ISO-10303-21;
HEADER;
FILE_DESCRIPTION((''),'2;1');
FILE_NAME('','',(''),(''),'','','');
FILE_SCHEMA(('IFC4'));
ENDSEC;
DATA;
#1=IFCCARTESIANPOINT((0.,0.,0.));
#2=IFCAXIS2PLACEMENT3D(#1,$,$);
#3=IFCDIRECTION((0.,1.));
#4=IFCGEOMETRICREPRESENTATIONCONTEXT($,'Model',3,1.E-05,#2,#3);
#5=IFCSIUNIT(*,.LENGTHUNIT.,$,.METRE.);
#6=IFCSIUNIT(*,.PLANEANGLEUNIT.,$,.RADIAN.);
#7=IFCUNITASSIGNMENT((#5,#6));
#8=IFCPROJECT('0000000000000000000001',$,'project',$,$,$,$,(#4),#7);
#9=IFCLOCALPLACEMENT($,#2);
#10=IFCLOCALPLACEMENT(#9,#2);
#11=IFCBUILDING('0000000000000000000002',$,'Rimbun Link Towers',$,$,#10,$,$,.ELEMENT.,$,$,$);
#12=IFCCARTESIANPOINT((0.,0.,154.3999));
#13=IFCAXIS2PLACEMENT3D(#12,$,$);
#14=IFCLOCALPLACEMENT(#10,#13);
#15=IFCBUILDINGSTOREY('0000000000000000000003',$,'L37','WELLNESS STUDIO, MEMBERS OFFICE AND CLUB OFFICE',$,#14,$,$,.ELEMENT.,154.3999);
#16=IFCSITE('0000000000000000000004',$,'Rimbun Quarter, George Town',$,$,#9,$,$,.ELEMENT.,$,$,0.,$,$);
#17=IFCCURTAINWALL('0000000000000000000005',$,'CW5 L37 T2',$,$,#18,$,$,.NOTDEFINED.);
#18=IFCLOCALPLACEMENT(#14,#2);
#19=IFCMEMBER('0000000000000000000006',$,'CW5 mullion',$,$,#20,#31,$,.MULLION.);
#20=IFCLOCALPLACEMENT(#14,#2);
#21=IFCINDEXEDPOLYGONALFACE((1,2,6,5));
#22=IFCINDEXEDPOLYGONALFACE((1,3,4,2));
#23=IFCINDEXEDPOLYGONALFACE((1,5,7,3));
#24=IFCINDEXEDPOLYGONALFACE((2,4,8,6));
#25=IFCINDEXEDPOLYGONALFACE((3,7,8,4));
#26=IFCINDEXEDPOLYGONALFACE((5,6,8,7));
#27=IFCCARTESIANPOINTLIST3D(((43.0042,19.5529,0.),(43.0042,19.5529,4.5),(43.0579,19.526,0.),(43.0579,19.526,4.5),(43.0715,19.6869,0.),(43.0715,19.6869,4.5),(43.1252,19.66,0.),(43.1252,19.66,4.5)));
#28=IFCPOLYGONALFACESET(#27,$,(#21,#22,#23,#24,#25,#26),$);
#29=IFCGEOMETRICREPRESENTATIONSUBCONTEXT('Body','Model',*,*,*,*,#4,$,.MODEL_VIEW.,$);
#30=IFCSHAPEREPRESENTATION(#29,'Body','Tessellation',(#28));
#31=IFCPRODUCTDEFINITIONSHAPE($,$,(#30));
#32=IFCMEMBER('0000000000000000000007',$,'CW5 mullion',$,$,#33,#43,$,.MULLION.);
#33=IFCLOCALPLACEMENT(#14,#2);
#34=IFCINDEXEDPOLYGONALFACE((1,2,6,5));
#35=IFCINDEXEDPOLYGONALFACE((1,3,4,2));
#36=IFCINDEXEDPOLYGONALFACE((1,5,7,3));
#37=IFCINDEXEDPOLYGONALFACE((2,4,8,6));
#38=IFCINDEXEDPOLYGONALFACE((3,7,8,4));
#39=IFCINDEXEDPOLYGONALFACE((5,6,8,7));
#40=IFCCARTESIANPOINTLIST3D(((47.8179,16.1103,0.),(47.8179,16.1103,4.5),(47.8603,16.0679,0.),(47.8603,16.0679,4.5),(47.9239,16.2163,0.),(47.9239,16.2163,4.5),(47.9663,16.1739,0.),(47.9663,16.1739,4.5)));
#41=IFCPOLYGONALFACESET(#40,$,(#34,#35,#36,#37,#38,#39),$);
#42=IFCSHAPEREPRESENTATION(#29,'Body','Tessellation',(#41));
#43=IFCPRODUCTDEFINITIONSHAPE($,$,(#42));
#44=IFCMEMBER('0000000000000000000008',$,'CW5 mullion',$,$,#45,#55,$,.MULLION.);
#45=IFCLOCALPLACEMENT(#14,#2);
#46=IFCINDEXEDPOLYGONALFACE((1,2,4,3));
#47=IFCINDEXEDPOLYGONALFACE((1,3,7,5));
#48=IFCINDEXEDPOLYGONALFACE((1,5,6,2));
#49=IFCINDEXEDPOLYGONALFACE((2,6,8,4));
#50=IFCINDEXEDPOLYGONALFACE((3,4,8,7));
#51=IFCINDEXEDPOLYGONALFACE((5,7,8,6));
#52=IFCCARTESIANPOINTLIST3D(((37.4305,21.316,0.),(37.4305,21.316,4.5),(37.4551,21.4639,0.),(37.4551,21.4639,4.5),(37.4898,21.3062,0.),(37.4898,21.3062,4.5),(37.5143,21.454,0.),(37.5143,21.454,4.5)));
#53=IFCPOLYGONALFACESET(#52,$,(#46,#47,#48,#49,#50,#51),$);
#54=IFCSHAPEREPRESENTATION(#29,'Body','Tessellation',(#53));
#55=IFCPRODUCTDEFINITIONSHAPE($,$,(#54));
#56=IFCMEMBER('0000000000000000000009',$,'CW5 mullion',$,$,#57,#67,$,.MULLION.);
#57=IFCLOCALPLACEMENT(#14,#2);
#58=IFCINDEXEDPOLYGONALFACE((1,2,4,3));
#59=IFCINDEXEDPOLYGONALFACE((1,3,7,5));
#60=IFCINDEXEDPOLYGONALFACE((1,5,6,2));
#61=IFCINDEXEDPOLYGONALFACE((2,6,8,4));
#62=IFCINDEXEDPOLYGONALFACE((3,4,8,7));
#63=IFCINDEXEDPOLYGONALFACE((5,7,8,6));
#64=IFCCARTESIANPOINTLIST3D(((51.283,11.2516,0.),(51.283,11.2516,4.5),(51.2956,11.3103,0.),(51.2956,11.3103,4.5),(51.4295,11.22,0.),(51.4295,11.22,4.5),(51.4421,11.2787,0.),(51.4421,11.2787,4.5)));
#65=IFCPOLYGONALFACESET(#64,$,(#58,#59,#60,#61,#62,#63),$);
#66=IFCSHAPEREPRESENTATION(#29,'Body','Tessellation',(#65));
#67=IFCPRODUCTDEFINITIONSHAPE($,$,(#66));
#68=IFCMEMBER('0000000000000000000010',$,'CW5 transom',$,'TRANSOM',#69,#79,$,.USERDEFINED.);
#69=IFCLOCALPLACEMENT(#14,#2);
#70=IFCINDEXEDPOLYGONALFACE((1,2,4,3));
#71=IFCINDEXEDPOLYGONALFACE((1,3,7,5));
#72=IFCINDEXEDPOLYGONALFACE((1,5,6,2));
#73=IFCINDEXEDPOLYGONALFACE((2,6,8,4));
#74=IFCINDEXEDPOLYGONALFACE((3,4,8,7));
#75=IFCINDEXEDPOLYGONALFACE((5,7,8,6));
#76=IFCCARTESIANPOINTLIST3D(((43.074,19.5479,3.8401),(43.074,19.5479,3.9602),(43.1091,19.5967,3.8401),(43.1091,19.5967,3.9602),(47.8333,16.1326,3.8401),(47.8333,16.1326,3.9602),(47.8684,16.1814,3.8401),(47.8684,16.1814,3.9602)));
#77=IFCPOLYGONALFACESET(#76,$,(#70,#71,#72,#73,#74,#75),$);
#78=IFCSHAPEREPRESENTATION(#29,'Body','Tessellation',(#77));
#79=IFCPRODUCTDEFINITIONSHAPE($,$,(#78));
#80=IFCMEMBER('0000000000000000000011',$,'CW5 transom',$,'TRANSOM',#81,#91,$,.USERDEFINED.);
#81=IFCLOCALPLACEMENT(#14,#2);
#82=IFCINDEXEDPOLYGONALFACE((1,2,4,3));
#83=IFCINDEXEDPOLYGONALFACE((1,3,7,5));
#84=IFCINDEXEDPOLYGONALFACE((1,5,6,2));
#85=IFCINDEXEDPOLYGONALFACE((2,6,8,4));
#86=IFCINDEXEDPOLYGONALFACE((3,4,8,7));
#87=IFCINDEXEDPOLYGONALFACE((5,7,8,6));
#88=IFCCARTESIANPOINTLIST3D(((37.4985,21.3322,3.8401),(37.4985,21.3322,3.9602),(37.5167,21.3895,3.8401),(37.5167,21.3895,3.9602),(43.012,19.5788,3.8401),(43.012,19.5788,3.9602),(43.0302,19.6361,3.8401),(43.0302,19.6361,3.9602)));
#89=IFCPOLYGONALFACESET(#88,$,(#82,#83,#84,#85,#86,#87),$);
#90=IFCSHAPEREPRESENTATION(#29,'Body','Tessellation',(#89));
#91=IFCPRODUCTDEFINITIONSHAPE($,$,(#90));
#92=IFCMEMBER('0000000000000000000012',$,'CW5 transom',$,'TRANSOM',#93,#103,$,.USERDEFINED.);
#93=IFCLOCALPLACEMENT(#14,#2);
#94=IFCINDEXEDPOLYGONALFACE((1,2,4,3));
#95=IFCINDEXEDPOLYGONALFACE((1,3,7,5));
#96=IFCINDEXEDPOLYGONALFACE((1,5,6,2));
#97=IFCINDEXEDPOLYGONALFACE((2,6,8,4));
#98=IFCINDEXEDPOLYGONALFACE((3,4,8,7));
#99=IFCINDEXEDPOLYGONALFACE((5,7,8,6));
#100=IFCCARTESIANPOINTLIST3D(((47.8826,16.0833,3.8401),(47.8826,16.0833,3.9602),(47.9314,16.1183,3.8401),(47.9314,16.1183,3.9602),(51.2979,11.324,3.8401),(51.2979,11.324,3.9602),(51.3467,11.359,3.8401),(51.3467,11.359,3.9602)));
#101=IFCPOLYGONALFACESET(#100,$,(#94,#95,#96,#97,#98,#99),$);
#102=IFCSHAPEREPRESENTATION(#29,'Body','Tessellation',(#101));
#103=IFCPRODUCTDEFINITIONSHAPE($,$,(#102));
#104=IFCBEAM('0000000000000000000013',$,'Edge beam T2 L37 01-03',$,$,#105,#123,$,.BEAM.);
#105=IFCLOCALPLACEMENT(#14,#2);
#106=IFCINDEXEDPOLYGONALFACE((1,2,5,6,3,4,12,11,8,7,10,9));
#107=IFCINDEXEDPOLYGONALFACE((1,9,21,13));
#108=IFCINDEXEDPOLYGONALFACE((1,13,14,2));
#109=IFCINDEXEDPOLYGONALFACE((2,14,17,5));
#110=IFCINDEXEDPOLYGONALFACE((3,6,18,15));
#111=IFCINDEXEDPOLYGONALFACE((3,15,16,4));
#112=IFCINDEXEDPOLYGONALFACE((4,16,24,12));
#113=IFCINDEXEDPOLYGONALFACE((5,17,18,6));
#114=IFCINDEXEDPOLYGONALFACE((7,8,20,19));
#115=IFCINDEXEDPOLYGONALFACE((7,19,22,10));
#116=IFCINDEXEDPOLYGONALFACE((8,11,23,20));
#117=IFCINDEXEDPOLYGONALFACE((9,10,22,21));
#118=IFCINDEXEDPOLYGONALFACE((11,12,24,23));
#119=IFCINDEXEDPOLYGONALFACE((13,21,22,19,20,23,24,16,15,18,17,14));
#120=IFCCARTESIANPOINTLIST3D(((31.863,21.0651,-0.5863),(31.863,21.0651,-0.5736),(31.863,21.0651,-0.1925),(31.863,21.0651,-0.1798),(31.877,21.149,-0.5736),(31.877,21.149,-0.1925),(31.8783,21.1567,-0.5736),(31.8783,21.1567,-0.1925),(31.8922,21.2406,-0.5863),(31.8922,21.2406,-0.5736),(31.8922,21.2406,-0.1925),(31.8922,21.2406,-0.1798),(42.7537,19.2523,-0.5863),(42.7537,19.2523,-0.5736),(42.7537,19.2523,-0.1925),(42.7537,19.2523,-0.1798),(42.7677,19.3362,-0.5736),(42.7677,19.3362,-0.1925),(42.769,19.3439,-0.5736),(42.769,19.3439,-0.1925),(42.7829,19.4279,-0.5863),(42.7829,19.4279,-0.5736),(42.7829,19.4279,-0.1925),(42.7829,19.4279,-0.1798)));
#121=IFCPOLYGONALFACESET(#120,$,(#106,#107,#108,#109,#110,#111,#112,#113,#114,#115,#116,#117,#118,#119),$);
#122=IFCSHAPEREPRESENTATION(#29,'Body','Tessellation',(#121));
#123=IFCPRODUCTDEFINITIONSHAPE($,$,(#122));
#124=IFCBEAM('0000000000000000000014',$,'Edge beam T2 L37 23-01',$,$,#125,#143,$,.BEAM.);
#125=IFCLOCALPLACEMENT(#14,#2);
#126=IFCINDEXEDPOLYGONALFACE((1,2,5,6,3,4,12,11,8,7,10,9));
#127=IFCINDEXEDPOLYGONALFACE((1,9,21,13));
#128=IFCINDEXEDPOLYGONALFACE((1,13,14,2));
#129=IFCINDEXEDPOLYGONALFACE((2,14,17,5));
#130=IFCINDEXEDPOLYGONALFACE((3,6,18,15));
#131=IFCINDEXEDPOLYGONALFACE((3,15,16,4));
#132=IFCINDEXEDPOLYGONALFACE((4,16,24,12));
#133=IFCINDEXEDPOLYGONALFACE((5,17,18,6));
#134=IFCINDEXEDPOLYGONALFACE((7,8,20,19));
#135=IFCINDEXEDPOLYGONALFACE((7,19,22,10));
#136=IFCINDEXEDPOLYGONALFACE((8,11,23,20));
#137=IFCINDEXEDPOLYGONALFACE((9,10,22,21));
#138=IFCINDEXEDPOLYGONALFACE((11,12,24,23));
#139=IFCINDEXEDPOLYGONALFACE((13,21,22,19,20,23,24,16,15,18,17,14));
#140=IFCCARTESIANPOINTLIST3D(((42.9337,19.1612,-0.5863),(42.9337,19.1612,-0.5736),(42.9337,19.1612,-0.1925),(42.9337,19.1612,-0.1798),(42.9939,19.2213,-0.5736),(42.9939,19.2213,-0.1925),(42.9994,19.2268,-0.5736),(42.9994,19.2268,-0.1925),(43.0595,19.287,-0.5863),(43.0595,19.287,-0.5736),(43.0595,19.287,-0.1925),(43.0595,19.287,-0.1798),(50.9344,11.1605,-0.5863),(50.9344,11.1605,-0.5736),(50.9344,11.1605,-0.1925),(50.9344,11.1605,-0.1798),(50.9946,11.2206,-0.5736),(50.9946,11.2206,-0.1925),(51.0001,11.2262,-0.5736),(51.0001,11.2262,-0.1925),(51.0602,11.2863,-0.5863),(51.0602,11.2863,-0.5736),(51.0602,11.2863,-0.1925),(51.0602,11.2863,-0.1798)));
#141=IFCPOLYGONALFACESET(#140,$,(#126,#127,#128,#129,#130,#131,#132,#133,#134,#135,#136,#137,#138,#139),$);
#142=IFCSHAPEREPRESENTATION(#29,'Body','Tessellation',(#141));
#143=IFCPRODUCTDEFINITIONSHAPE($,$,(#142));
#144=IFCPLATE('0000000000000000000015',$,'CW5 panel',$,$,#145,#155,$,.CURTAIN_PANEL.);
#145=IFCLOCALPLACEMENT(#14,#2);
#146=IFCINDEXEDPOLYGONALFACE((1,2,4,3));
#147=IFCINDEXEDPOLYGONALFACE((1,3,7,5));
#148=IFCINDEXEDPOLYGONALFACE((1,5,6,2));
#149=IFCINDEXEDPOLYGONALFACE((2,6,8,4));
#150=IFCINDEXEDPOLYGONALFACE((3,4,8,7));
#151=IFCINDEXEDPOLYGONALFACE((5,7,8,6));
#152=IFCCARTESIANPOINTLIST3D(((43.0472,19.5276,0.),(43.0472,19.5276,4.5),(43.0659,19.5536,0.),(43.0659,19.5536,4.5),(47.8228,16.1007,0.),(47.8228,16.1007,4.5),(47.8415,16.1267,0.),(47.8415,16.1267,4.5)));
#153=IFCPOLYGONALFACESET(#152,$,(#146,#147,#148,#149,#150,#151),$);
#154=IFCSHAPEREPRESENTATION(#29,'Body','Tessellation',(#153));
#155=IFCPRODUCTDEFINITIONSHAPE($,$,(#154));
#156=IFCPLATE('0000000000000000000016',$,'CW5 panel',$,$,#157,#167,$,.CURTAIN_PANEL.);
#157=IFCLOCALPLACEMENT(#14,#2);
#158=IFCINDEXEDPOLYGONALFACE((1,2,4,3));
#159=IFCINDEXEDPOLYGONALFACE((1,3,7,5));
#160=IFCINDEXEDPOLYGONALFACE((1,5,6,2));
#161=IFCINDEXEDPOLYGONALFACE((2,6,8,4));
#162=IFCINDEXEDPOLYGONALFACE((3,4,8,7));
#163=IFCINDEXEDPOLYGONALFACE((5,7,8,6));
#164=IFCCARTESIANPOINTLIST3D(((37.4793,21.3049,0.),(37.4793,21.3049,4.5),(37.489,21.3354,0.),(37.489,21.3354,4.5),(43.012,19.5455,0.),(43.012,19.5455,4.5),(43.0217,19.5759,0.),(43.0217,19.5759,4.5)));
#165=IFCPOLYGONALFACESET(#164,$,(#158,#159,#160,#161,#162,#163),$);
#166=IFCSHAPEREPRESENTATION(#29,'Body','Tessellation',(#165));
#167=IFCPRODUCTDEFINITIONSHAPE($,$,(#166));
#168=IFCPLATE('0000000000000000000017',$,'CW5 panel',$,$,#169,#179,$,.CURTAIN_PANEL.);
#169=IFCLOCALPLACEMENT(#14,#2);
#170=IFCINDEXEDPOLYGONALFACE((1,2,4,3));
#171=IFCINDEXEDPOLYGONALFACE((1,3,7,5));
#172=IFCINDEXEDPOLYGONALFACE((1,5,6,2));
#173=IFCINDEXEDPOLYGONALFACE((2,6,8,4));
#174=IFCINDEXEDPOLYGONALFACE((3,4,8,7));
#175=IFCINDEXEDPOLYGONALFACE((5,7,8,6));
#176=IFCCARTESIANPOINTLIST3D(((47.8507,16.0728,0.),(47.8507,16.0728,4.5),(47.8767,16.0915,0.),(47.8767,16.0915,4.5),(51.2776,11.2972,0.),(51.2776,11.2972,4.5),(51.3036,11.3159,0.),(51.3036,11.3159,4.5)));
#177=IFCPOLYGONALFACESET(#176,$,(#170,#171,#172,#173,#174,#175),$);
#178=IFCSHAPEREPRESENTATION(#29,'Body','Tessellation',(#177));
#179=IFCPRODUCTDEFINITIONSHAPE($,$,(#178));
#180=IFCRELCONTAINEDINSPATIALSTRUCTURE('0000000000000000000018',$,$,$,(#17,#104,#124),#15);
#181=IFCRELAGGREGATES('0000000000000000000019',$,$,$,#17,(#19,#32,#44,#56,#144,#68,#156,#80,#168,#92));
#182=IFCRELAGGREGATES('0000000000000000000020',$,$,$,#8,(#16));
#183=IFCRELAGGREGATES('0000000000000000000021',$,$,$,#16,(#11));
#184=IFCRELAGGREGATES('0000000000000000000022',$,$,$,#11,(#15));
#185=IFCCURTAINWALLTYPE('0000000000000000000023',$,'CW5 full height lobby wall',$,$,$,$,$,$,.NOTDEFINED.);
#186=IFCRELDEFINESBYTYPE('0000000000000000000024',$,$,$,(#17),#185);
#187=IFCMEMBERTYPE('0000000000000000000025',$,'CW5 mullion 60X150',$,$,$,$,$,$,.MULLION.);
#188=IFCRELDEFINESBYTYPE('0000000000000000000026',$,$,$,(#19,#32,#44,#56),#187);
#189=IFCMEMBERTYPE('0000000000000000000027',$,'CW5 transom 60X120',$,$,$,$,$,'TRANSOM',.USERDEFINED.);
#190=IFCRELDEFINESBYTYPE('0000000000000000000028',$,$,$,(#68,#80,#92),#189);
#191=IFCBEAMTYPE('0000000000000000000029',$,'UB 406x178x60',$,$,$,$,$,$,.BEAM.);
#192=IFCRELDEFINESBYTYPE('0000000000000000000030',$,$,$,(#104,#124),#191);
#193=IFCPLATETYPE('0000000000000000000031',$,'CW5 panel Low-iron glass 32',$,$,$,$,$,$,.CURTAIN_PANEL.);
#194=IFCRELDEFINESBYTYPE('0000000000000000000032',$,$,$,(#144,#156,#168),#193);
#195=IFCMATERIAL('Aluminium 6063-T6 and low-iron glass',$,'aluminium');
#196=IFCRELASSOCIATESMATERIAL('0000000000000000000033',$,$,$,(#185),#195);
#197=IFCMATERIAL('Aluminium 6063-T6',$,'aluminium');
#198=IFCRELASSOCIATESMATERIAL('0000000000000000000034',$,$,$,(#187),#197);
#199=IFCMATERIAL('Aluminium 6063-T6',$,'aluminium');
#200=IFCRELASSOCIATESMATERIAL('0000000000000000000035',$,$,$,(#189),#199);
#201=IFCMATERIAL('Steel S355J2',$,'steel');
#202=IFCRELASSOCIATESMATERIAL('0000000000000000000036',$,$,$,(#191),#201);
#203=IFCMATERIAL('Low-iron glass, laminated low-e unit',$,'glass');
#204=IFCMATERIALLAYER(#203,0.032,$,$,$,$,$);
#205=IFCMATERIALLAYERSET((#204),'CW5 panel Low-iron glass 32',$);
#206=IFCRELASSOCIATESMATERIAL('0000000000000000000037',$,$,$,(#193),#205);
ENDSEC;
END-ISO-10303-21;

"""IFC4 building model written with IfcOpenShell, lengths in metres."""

from ifc_helpers import new_model, si_unit, direction, frame, origin, origin_2d, place, context, subcontext, project, spatial, rectangle, i_section, extrude, material, layer, layer_set, material_profile, profile_set, type_object, element, aggregate, save


model = new_model("IFC4")

# Units and contexts
model_context = context("Model", 3, precision=1e-05, world=origin(), true_north=direction((0.0, 1.0)))
body_context = subcontext(model_context, "Body", "Model", "MODEL_VIEW")
ifc_project = project(units=[si_unit("LENGTHUNIT", "METRE"), si_unit("PLANEANGLEUNIT", "RADIAN")], contexts=[model_context])

# Site, building, storey
site_placement = place(None, origin())
site = spatial("IfcSite", under=ifc_project, at=site_placement, Name="Rimbun Quarter, George Town", CompositionType="ELEMENT", RefElevation=0.0)
building_placement = place(site_placement, origin())
building = spatial("IfcBuilding", under=site, at=building_placement, Name="Rimbun Link Towers", CompositionType="ELEMENT")
storey_placement = place(building_placement, frame((0.0, 0.0, 154.3999)))
storey = spatial("IfcBuildingStorey", under=building, at=storey_placement, Name="L37", Description="WELLNESS STUDIO, MEMBERS OFFICE AND CLUB OFFICE", CompositionType="ELEMENT", Elevation=154.3999)

# Curtain wall, members
ifc_material_1 = material(Name="Aluminium 6063-T6 and low-iron glass", Category="aluminium")
curtain_wall_type = type_object("IfcCurtainWallType", Name="CW5 full height lobby wall", PredefinedType="NOTDEFINED", material=ifc_material_1)
curtain_wall_placement = place(storey_placement, origin())
curtain_wall = element("IfcCurtainWall", 1, at=curtain_wall_placement, inside=storey, type_object=curtain_wall_type, Name="CW5 L37 T2", PredefinedType="NOTDEFINED")
ifc_material_2 = material(Name="Aluminium 6063-T6", Category="aluminium")
ifc_material_profile_1 = material_profile(ifc_material_2, rectangle(XDim=0.1499, YDim=0.0601, at=origin_2d()), Name="MULLION 60X150")
ifc_profile_set_1 = profile_set([ifc_material_profile_1], Name="Aluminium 6063-T6")
member_type_1 = type_object("IfcMemberType", Name="CW5 mullion 60X150", PredefinedType="MULLION", material=ifc_profile_set_1)
member_1_placement = place(storey_placement, frame((43.0647, 19.6064, 0.0), z_axis=(0.0, 0.0, 1.0), x_axis=(0.44857, 0.893748, 0.0)))
member_1 = element("IfcMember", 2, at=member_1_placement, type_object=member_type_1, Name="CW5 mullion", PredefinedType="MULLION", context=body_context, shape_type="SweptSolid", body=[
    extrude(rectangle(XDim=0.1499, YDim=0.0601, at=origin_2d()), origin(), (0.0, 0.0, 1.0), 4.5),
])
member_2_placement = place(storey_placement, frame((47.8921, 16.1421, 0.0), z_axis=(0.0, 0.0, 1.0), x_axis=(0.707107, 0.707107, 0.0)))
member_2 = element("IfcMember", 3, at=member_2_placement, type_object=member_type_1, Name="CW5 mullion", PredefinedType="MULLION", context=body_context, shape_type="SweptSolid", body=[
    extrude(rectangle(XDim=0.1499, YDim=0.0601, at=origin_2d()), origin(), (0.0, 0.0, 1.0), 4.5),
])
member_3_placement = place(storey_placement, frame((37.4724, 21.385, 0.0), z_axis=(0.0, 0.0, 1.0), x_axis=(0.163742, 0.986503, 0.0)))
member_3 = element("IfcMember", 4, at=member_3_placement, type_object=member_type_1, Name="CW5 mullion", PredefinedType="MULLION", context=body_context, shape_type="SweptSolid", body=[
    extrude(rectangle(XDim=0.1499, YDim=0.0601, at=origin_2d()), origin(), (0.0, 0.0, 1.0), 4.5),
])
member_4_placement = place(storey_placement, frame((51.3625, 11.2651, 0.0), z_axis=(0.0, 0.0, 1.0), x_axis=(0.977531, -0.210793, 0.0)))
member_4 = element("IfcMember", 5, at=member_4_placement, type_object=member_type_1, Name="CW5 mullion", PredefinedType="MULLION", context=body_context, shape_type="SweptSolid", body=[
    extrude(rectangle(XDim=0.1499, YDim=0.0601, at=origin_2d()), origin(), (0.0, 0.0, 1.0), 4.5),
])
ifc_material_3 = material(Name="Aluminium 6063-T6", Category="aluminium")
ifc_material_profile_2 = material_profile(ifc_material_3, rectangle(XDim=0.0601, YDim=0.1201, at=origin_2d()), Name="TRANSOM 60X120")
ifc_profile_set_2 = profile_set([ifc_material_profile_2], Name="Aluminium 6063-T6")
member_type_2 = type_object("IfcMemberType", Name="CW5 transom 60X120", ElementType="TRANSOM", PredefinedType="USERDEFINED", material=ifc_profile_set_2)
member_5_placement = place(storey_placement, frame((43.0916, 19.5723, 3.9001), z_axis=(0.812456, -0.583023, 0.0), x_axis=(0.583023, 0.812456, 0.0)))
member_5 = element("IfcMember", 6, at=member_5_placement, type_object=member_type_2, Name="CW5 transom", ObjectType="TRANSOM", PredefinedType="USERDEFINED", context=body_context, shape_type="SweptSolid", body=[
    extrude(rectangle(XDim=0.0601, YDim=0.1201, at=origin_2d()), origin(), (0.0, 0.0, 1.0), 5.8579),
])
member_6_placement = place(storey_placement, frame((37.5076, 21.3608, 3.9001), z_axis=(0.952972, -0.303057, 0.0), x_axis=(0.303057, 0.952972, 0.0)))
member_6 = element("IfcMember", 7, at=member_6_placement, type_object=member_type_2, Name="CW5 transom", ObjectType="TRANSOM", PredefinedType="USERDEFINED", context=body_context, shape_type="SweptSolid", body=[
    extrude(rectangle(XDim=0.0601, YDim=0.1201, at=origin_2d()), origin(), (0.0, 0.0, 1.0), 5.7856),
])
member_7_placement = place(storey_placement, frame((47.907, 16.1008, 3.9001), z_axis=(0.583023, -0.812456, 0.0), x_axis=(0.812456, 0.583023, 0.0)))
member_7 = element("IfcMember", 8, at=member_7_placement, type_object=member_type_2, Name="CW5 transom", ObjectType="TRANSOM", PredefinedType="USERDEFINED", context=body_context, shape_type="SweptSolid", body=[
    extrude(rectangle(XDim=0.0601, YDim=0.1201, at=origin_2d()), origin(), (0.0, 0.0, 1.0), 5.8579),
])

# Beams
ifc_material_4 = material(Name="Steel S355J2", Category="steel")
ifc_material_profile_3 = material_profile(ifc_material_4, i_section(OverallWidth=0.178, OverallDepth=0.4065, WebThickness=0.0078, FlangeThickness=0.0127, at=origin_2d()), Name="UB 406x178x60")
ifc_profile_set_3 = profile_set([ifc_material_profile_3], Name="Steel S355J2")
beam_type = type_object("IfcBeamType", Name="UB 406x178x60", PredefinedType="BEAM", material=ifc_profile_set_3)
beam_1_placement = place(storey_placement, frame((42.7683, 19.3401, -0.3831), z_axis=(-0.986429, 0.164191, 0.0), x_axis=(-0.164191, -0.986429, 0.0)))
element("IfcBeam", 9, at=beam_1_placement, inside=storey, type_object=beam_type, Name="Edge beam T2 L37 01-03", PredefinedType="BEAM", context=body_context, shape_type="SweptSolid", body=[
    extrude(i_section(OverallWidth=0.178, OverallDepth=0.4065, WebThickness=0.0078, FlangeThickness=0.0127, at=origin_2d()), origin(), (0.0, 0.0, 1.0), 11.0405),
])
beam_2_placement = place(storey_placement, frame((50.9973, 11.2234, -0.3831), z_axis=(-0.707107, 0.707107, 0.0), x_axis=(-0.707107, -0.707107, 0.0)))
element("IfcBeam", 10, at=beam_2_placement, inside=storey, type_object=beam_type, Name="Edge beam T2 L37 23-01", PredefinedType="BEAM", context=body_context, shape_type="SweptSolid", body=[
    extrude(i_section(OverallWidth=0.178, OverallDepth=0.4065, WebThickness=0.0078, FlangeThickness=0.0127, at=origin_2d()), origin(), (0.0, 0.0, 1.0), 11.3147),
])

# Plates
ifc_material_5 = material(Name="Low-iron glass, laminated low-e unit", Category="glass")
ifc_layer_1 = layer(ifc_material_5, 0.032)
ifc_layer_set_1 = layer_set([ifc_layer_1], Name="CW5 panel Low-iron glass 32")
plate_type = type_object("IfcPlateType", Name="CW5 panel Low-iron glass 32", PredefinedType="CURTAIN_PANEL", material=ifc_layer_set_1)
plate_1_placement = place(storey_placement, frame((45.4443, 17.8271, 0.0), z_axis=(0.0, 0.0, 1.0), x_axis=(0.812465, -0.583009, 0.0)))
plate_1 = element("IfcPlate", 11, at=plate_1_placement, type_object=plate_type, Name="CW5 panel", PredefinedType="CURTAIN_PANEL", context=body_context, shape_type="SweptSolid", body=[
    extrude(rectangle(XDim=5.8779, YDim=0.032, at=origin_2d()), origin(), (0.0, 0.0, 1.0), 4.5),
])
plate_2_placement = place(storey_placement, frame((40.2505, 20.4404, 0.0), z_axis=(0.0, 0.0, 1.0), x_axis=(0.952972, -0.30306, 0.0)))
plate_2 = element("IfcPlate", 12, at=plate_2_placement, type_object=plate_type, Name="CW5 panel", PredefinedType="CURTAIN_PANEL", context=body_context, shape_type="SweptSolid", body=[
    extrude(rectangle(XDim=5.8057, YDim=0.032, at=origin_2d()), origin(), (0.0, 0.0, 1.0), 4.5),
])
plate_3_placement = place(storey_placement, frame((49.5771, 13.6943, 0.0), z_axis=(0.0, 0.0, 1.0), x_axis=(0.583009, -0.812465, 0.0)))
plate_3 = element("IfcPlate", 13, at=plate_3_placement, type_object=plate_type, Name="CW5 panel", PredefinedType="CURTAIN_PANEL", context=body_context, shape_type="SweptSolid", body=[
    extrude(rectangle(XDim=5.8779, YDim=0.032, at=origin_2d()), origin(), (0.0, 0.0, 1.0), 4.5),
])
aggregate(curtain_wall, [member_1, member_2, member_3, member_4, plate_1, member_5, plate_2, member_6, plate_3, member_7])

save(model, "model.ifc")
